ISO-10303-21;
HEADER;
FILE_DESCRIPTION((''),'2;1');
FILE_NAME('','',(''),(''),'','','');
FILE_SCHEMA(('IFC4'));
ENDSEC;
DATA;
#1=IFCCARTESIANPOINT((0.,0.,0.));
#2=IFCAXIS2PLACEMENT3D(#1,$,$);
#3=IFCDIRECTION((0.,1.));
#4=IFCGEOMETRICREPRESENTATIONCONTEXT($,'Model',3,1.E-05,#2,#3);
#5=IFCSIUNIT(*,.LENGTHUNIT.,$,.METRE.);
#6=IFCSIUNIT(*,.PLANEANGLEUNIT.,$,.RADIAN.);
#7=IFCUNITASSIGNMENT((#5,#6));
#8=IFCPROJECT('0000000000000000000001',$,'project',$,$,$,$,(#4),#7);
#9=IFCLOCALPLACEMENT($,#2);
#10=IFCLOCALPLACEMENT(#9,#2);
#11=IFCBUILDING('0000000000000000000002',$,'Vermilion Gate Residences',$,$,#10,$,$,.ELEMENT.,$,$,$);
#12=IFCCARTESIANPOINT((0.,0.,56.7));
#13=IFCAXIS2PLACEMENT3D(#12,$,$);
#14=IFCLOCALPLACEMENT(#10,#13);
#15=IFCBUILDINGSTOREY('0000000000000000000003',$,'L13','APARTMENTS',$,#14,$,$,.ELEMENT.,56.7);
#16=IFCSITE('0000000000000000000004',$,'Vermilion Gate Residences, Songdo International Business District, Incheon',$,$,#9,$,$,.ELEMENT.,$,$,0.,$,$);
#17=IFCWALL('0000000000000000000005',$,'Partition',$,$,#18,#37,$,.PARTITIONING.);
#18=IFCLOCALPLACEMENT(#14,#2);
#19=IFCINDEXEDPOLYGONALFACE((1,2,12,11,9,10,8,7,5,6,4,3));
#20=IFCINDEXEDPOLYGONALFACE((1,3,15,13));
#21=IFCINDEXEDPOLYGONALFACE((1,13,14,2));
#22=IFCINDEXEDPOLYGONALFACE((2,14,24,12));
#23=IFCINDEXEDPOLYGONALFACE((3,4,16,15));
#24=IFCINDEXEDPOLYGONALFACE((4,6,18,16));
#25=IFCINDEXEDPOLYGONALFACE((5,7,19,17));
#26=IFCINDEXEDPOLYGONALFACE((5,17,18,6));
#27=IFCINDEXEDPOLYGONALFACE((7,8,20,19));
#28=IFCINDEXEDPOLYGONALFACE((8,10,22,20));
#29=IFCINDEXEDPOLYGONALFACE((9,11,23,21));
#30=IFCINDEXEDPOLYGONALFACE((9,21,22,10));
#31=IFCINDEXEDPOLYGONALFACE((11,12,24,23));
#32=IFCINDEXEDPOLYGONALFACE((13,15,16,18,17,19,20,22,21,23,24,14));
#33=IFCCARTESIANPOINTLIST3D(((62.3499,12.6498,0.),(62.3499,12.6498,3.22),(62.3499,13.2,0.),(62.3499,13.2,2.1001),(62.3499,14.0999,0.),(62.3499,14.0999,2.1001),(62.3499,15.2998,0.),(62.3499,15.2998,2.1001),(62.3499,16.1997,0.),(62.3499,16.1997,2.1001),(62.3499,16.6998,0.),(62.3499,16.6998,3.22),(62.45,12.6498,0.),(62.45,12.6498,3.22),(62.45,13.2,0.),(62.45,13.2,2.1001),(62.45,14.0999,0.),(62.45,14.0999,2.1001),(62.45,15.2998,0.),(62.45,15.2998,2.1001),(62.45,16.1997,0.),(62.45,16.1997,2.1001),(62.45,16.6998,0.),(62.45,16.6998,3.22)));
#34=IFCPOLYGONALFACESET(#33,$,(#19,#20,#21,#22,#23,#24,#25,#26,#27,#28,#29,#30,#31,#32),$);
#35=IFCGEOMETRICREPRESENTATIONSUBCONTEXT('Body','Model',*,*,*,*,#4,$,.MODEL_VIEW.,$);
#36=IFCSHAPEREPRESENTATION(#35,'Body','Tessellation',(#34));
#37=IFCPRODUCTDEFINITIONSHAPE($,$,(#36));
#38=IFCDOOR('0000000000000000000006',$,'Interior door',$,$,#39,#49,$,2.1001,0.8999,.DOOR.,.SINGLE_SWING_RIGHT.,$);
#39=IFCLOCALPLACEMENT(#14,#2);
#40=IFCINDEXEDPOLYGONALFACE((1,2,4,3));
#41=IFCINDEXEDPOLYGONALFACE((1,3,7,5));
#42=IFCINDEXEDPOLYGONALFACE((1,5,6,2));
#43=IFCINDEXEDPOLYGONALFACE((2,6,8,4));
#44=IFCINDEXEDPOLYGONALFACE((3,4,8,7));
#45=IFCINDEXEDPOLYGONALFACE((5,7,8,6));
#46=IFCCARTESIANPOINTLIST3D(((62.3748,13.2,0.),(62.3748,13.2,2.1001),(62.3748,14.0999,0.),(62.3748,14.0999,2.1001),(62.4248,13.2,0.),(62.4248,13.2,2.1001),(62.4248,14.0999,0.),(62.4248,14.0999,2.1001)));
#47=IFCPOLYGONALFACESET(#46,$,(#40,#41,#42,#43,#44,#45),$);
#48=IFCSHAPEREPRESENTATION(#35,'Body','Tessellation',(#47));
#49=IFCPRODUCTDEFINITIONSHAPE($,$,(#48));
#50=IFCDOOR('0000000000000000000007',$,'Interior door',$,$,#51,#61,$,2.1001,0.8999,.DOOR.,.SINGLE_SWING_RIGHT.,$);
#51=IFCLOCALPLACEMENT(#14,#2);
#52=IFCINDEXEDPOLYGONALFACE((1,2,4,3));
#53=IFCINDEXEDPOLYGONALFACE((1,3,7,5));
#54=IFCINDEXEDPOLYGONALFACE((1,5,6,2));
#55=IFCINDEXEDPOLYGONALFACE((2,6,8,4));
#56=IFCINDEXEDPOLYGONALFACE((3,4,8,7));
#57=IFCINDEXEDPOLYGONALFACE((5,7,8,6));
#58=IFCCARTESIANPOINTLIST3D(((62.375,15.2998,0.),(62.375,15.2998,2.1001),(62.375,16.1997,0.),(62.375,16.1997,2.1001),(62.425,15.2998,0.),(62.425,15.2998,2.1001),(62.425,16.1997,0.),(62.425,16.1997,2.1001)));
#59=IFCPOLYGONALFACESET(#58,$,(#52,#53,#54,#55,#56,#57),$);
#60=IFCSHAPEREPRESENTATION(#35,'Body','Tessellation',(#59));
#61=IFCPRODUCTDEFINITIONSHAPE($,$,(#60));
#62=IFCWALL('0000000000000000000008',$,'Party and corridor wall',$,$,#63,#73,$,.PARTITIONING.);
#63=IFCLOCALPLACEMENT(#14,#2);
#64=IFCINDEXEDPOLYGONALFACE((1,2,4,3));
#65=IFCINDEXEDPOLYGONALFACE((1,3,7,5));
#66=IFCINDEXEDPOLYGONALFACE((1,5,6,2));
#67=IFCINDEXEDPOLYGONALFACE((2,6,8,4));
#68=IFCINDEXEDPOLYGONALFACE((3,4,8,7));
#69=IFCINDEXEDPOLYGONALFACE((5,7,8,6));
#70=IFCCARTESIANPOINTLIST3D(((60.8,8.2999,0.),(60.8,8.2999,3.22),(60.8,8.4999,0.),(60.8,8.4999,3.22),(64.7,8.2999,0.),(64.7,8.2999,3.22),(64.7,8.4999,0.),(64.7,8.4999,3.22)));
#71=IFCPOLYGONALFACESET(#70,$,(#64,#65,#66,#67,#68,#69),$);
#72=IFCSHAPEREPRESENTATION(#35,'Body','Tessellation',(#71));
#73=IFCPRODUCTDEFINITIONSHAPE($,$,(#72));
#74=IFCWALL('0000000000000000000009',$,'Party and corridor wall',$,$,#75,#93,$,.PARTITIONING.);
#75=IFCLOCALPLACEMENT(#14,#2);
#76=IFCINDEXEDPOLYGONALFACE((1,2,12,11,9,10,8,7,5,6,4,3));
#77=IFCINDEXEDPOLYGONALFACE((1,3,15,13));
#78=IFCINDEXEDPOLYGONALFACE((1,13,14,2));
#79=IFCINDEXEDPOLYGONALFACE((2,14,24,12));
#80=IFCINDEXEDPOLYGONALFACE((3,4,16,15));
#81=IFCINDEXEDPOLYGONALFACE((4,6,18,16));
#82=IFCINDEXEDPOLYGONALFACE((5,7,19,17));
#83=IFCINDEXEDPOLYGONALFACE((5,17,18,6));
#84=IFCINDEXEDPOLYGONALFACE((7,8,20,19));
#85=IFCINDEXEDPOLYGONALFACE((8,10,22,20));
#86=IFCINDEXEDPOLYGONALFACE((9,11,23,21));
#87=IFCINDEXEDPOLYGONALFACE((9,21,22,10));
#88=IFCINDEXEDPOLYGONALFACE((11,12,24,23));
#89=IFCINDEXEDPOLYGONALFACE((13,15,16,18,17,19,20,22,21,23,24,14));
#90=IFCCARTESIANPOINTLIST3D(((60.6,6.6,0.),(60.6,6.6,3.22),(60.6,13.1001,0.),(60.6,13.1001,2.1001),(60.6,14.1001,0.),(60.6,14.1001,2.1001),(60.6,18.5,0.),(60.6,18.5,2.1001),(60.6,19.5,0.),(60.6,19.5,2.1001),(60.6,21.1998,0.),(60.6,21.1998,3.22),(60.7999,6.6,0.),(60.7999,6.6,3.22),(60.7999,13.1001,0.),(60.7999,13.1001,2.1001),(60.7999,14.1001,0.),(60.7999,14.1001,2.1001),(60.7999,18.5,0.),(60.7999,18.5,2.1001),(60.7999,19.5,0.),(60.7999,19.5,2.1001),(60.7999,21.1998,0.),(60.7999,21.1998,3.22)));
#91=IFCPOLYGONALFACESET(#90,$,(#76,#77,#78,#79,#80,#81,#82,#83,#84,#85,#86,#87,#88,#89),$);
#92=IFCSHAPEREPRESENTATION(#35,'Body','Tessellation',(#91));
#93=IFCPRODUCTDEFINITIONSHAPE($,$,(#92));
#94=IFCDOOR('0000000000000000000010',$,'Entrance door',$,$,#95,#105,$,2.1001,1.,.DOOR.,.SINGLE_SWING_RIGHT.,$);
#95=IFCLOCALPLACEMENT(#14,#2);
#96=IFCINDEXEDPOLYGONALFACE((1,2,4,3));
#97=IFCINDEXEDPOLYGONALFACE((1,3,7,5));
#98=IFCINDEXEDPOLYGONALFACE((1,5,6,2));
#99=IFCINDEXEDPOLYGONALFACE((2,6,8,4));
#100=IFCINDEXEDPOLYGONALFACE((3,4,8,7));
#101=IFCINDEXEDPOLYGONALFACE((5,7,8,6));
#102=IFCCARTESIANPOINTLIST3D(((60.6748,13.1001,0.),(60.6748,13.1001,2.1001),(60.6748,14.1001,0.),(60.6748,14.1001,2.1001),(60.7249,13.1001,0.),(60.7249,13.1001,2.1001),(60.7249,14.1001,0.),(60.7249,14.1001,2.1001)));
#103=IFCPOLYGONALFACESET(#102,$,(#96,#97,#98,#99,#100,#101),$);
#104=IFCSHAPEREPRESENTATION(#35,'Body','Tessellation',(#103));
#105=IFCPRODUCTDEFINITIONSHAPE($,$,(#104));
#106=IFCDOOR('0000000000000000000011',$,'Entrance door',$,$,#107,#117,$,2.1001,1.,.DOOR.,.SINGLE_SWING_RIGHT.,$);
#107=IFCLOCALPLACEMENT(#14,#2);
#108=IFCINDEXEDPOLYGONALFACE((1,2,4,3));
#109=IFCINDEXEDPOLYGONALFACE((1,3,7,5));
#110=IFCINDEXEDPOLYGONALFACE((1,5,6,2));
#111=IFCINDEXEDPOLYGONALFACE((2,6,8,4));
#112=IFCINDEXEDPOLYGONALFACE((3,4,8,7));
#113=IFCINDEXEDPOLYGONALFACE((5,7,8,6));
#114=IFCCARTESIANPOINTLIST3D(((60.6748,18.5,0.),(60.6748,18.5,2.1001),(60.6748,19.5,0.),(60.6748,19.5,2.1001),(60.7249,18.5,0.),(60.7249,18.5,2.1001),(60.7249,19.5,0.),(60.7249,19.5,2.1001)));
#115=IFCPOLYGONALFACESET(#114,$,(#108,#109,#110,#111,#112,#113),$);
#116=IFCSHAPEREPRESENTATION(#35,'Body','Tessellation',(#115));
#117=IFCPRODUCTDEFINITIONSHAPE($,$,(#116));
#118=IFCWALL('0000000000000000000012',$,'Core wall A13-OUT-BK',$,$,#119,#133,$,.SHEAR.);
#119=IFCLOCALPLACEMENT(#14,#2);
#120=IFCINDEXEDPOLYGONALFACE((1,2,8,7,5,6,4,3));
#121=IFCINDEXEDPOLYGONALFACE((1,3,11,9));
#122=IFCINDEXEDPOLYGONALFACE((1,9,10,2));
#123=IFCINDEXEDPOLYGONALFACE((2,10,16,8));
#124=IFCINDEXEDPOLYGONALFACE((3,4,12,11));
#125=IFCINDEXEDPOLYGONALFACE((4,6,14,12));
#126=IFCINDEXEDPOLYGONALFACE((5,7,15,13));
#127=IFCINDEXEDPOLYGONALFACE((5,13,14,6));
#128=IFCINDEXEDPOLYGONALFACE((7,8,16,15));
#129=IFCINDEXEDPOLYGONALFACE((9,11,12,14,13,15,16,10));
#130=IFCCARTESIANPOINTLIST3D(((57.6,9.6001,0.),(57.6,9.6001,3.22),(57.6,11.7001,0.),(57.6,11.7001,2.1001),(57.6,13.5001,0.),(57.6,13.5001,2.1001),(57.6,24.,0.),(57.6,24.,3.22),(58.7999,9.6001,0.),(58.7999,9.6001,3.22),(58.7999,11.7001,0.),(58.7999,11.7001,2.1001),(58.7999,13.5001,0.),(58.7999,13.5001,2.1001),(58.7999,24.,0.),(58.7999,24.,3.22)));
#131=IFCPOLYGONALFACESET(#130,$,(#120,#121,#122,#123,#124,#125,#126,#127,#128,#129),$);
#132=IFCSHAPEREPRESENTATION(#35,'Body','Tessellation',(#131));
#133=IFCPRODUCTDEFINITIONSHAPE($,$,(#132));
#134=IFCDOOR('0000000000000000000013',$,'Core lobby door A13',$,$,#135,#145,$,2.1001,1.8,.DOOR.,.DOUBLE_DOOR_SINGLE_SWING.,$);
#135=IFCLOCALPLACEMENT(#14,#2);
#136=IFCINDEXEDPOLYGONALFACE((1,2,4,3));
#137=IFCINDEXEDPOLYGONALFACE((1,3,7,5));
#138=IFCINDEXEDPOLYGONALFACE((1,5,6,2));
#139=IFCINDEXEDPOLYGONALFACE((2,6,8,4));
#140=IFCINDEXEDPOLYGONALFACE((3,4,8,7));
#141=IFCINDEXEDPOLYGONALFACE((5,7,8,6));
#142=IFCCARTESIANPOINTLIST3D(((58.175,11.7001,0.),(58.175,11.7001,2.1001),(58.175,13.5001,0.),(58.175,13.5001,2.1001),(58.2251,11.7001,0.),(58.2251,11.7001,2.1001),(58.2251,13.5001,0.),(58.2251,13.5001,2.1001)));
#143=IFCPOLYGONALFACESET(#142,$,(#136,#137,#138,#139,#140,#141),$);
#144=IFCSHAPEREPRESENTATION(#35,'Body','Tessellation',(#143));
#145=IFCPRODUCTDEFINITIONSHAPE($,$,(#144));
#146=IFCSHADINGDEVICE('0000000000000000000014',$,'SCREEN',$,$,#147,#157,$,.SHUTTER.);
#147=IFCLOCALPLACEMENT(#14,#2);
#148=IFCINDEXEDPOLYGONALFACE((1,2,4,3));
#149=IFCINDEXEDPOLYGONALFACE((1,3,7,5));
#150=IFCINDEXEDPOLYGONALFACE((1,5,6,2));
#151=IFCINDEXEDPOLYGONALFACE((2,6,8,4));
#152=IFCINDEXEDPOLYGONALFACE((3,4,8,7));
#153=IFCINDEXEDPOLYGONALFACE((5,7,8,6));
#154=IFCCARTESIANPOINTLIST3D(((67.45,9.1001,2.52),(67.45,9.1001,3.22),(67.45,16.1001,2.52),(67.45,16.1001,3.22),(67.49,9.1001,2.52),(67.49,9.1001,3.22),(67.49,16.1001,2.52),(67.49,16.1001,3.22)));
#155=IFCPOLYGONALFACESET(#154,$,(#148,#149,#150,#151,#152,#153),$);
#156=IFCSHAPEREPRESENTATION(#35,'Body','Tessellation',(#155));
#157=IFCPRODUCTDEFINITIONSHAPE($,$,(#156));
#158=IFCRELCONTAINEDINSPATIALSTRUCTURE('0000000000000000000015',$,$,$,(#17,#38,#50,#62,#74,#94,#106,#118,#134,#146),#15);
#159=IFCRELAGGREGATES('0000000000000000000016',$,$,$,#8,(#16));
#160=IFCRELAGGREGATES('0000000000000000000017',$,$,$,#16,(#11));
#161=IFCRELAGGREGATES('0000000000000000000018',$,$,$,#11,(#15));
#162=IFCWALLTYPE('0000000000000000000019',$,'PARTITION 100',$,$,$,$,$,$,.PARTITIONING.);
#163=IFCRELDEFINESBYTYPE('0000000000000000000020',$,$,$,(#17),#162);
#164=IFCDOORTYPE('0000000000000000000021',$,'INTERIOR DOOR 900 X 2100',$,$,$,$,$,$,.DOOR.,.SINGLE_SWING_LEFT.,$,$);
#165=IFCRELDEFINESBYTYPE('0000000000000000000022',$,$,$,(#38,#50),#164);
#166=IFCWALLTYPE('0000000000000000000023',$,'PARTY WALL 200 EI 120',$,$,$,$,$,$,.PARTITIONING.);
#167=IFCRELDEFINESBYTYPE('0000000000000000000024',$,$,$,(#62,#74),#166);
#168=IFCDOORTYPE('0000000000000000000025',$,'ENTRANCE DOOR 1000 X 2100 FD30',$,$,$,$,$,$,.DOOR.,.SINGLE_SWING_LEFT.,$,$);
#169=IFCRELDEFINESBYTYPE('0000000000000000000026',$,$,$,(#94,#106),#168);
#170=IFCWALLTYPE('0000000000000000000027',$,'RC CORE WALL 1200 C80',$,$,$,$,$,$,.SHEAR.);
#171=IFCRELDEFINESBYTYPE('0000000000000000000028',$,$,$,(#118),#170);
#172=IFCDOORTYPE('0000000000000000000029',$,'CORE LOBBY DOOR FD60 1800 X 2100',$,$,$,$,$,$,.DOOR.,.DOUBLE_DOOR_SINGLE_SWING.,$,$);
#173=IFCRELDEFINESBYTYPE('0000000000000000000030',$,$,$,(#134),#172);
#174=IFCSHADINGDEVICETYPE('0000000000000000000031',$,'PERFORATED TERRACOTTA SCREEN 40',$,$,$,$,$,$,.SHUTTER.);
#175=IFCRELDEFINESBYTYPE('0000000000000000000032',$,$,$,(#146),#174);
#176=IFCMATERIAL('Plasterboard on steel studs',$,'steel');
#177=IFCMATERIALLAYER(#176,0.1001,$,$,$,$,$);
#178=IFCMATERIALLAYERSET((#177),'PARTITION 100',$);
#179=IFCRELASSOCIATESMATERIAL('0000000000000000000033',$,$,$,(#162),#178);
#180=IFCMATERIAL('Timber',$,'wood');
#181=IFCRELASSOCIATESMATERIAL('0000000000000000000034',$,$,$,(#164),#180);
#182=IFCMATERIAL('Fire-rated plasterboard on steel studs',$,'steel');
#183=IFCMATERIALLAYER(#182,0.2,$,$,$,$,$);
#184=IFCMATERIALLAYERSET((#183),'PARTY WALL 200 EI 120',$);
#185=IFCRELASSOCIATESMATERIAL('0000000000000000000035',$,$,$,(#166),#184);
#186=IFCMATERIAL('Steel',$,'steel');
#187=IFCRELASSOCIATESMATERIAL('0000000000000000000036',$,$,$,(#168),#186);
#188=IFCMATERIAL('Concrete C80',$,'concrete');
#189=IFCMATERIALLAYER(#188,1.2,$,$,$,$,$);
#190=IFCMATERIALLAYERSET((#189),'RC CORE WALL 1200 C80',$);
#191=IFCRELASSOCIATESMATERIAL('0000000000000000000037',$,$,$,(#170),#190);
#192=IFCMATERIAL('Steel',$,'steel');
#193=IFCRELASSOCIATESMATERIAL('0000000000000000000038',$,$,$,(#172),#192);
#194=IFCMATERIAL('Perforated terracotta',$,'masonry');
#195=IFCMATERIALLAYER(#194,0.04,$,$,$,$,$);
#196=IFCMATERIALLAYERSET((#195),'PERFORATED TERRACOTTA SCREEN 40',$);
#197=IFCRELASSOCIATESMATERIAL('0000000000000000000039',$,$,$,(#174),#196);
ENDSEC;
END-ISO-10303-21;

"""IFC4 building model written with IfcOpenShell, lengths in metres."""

from ifc_helpers import new_model, si_unit, direction, frame, frame_2d, origin, origin_2d, place, context, subcontext, project, spatial, rectangle, extrude, material, layer, layer_set, type_object, element, fill, save


model = new_model("IFC4")

# Units and contexts
model_context = context("Model", 3, precision=1e-05, world=origin(), true_north=direction((0.0, 1.0)))
body_context = subcontext(model_context, "Body", "Model", "MODEL_VIEW")
ifc_project = project(units=[si_unit("LENGTHUNIT", "METRE"), si_unit("PLANEANGLEUNIT", "RADIAN")], contexts=[model_context])

# Site, building, storey
site_placement = place(None, origin())
site = spatial("IfcSite", under=ifc_project, at=site_placement, Name="Vermilion Gate Residences, Songdo International Business District, Incheon", CompositionType="ELEMENT", RefElevation=0.0)
building_placement = place(site_placement, origin())
building = spatial("IfcBuilding", under=site, at=building_placement, Name="Vermilion Gate Residences", CompositionType="ELEMENT")
storey_placement = place(building_placement, frame((0.0, 0.0, 56.7)))
storey = spatial("IfcBuildingStorey", under=building, at=storey_placement, Name="L13", Description="APARTMENTS", CompositionType="ELEMENT", Elevation=56.7)

# Shared definitions
ifc_material_1 = material(Name="Plasterboard on steel studs", Category="steel")
ifc_layer_1 = layer(ifc_material_1, 0.1001)
ifc_layer_set_1 = layer_set([ifc_layer_1], Name="PARTITION 100")
wall_type_1 = type_object("IfcWallType", Name="PARTITION 100", PredefinedType="PARTITIONING", material=ifc_layer_set_1)
ifc_material_2 = material(Name="Timber", Category="wood")
door_type_1 = type_object("IfcDoorType", Name="INTERIOR DOOR 900 X 2100", OperationType="SINGLE_SWING_LEFT", PredefinedType="DOOR", material=ifc_material_2)

# Wall, openings, doors
wall_1_placement = place(storey_placement, frame((62.3999, 12.6499, 0.0), z_axis=(0.0, 0.0, 1.0), x_axis=(0.0, 1.0, 0.0)))
wall_1 = element("IfcWall", 1, at=wall_1_placement, inside=storey, type_object=wall_type_1, Name="Partition", PredefinedType="PARTITIONING", context=body_context, shape_type="SweptSolid", body=[
    extrude(rectangle(XDim=4.05, YDim=0.1001, at=frame_2d((2.0249, 0.0))), origin(), (0.0, 0.0, 1.0), 3.22),
])
opening_1_placement = place(wall_1_placement, frame((0.55, 0.0, 0.0)))
opening_1 = element("IfcOpeningElement", 2, at=opening_1_placement, cuts=wall_1, PredefinedType="OPENING", context=body_context, shape_type="SweptSolid", body=[
    extrude(rectangle(XDim=0.8999, YDim=2.1001, at=frame_2d((0.45, 1.05))), frame((0.0, 0.0601, 0.0), z_axis=(0.0, -1.0, 0.0), x_axis=(1.0, 0.0, 0.0)), (0.0, 0.0, 1.0), 0.1201),
])
opening_2_placement = place(wall_1_placement, frame((2.6499, 0.0, 0.0)))
opening_2 = element("IfcOpeningElement", 3, at=opening_2_placement, cuts=wall_1, PredefinedType="OPENING", context=body_context, shape_type="SweptSolid", body=[
    extrude(rectangle(XDim=0.8999, YDim=2.1001, at=frame_2d((0.45, 1.05))), frame((0.0, 0.0601, 0.0), z_axis=(0.0, -1.0, 0.0), x_axis=(1.0, 0.0, 0.0)), (0.0, 0.0, 1.0), 0.1201),
])
door_1_placement = place(opening_1_placement, frame((0.8999, 0.0, 0.0), z_axis=(0.0, 0.0, 1.0), x_axis=(-1.0, 0.0, 0.0)))
door_1 = element("IfcDoor", 4, at=door_1_placement, inside=storey, type_object=door_type_1, Name="Interior door", OperationType="SINGLE_SWING_RIGHT", OverallHeight=2.1001, OverallWidth=0.8999, PredefinedType="DOOR", context=body_context, shape_type="SweptSolid", body=[
    extrude(rectangle(XDim=0.8999, YDim=2.1001, at=frame_2d((0.45, 1.05))), frame((0.0, 0.0249, 0.0), z_axis=(0.0, -1.0, 0.0), x_axis=(1.0, 0.0, 0.0)), (0.0, 0.0, 1.0), 0.05),
])
fill(opening_1, door_1)
door_2_placement = place(opening_2_placement, origin())
door_2 = element("IfcDoor", 5, at=door_2_placement, inside=storey, type_object=door_type_1, Name="Interior door", OperationType="SINGLE_SWING_RIGHT", OverallHeight=2.1001, OverallWidth=0.8999, PredefinedType="DOOR", context=body_context, shape_type="SweptSolid", body=[
    extrude(rectangle(XDim=0.8999, YDim=2.1001, at=frame_2d((0.45, 1.05))), frame((0.0, 0.0249, 0.0), z_axis=(0.0, -1.0, 0.0), x_axis=(1.0, 0.0, 0.0)), (0.0, 0.0, 1.0), 0.05),
])
fill(opening_2, door_2)

# Wall
ifc_material_3 = material(Name="Fire-rated plasterboard on steel studs", Category="steel")
ifc_layer_2 = layer(ifc_material_3, 0.2)
ifc_layer_set_2 = layer_set([ifc_layer_2], Name="PARTY WALL 200 EI 120")
wall_type_2 = type_object("IfcWallType", Name="PARTY WALL 200 EI 120", PredefinedType="PARTITIONING", material=ifc_layer_set_2)
wall_2_placement = place(storey_placement, frame((60.8, 8.3999, 0.0), z_axis=(0.0, 0.0, 1.0), x_axis=(1.0, 0.0, 0.0)))
element("IfcWall", 6, at=wall_2_placement, inside=storey, type_object=wall_type_2, Name="Party and corridor wall", PredefinedType="PARTITIONING", context=body_context, shape_type="SweptSolid", body=[
    extrude(rectangle(XDim=3.8999, YDim=0.2, at=frame_2d((1.95, 0.0))), origin(), (0.0, 0.0, 1.0), 3.22),
])

# Wall, openings, doors
wall_3_placement = place(storey_placement, frame((60.7, 6.6001, 0.0), z_axis=(0.0, 0.0, 1.0), x_axis=(0.0, 1.0, 0.0)))
wall_3 = element("IfcWall", 7, at=wall_3_placement, inside=storey, type_object=wall_type_2, Name="Party and corridor wall", PredefinedType="PARTITIONING", context=body_context, shape_type="SweptSolid", body=[
    extrude(rectangle(XDim=14.5999, YDim=0.2, at=frame_2d((7.2998, 0.0))), origin(), (0.0, 0.0, 1.0), 3.22),
])
opening_3_placement = place(wall_3_placement, frame((6.5, 0.0, 0.0)))
opening_3 = element("IfcOpeningElement", 8, at=opening_3_placement, cuts=wall_3, PredefinedType="OPENING", context=body_context, shape_type="SweptSolid", body=[
    extrude(rectangle(XDim=1.0, YDim=2.1001, at=frame_2d((0.5, 1.05))), frame((0.0, 0.1099, 0.0), z_axis=(0.0, -1.0, 0.0), x_axis=(1.0, 0.0, 0.0)), (0.0, 0.0, 1.0), 0.22),
])
opening_4_placement = place(wall_3_placement, frame((11.8999, 0.0, 0.0)))
opening_4 = element("IfcOpeningElement", 9, at=opening_4_placement, cuts=wall_3, PredefinedType="OPENING", context=body_context, shape_type="SweptSolid", body=[
    extrude(rectangle(XDim=1.0, YDim=2.1001, at=frame_2d((0.5, 1.05))), frame((0.0, 0.1099, 0.0), z_axis=(0.0, -1.0, 0.0), x_axis=(1.0, 0.0, 0.0)), (0.0, 0.0, 1.0), 0.22),
])
ifc_material_4 = material(Name="Steel", Category="steel")
door_type_2 = type_object("IfcDoorType", Name="ENTRANCE DOOR 1000 X 2100 FD30", OperationType="SINGLE_SWING_LEFT", PredefinedType="DOOR", material=ifc_material_4)
door_3_placement = place(opening_3_placement, frame((1.0, 0.0, 0.0), z_axis=(0.0, 0.0, 1.0), x_axis=(-1.0, 0.0, 0.0)))
door_3 = element("IfcDoor", 10, at=door_3_placement, inside=storey, type_object=door_type_2, Name="Entrance door", OperationType="SINGLE_SWING_RIGHT", OverallHeight=2.1001, OverallWidth=1.0, PredefinedType="DOOR", context=body_context, shape_type="SweptSolid", body=[
    extrude(rectangle(XDim=1.0, YDim=2.1001, at=frame_2d((0.5, 1.05))), frame((0.0, 0.0249, 0.0), z_axis=(0.0, -1.0, 0.0), x_axis=(1.0, 0.0, 0.0)), (0.0, 0.0, 1.0), 0.05),
])
fill(opening_3, door_3)
door_4_placement = place(opening_4_placement, frame((1.0, 0.0, 0.0), z_axis=(0.0, 0.0, 1.0), x_axis=(-1.0, 0.0, 0.0)))
door_4 = element("IfcDoor", 11, at=door_4_placement, inside=storey, type_object=door_type_2, Name="Entrance door", OperationType="SINGLE_SWING_RIGHT", OverallHeight=2.1001, OverallWidth=1.0, PredefinedType="DOOR", context=body_context, shape_type="SweptSolid", body=[
    extrude(rectangle(XDim=1.0, YDim=2.1001, at=frame_2d((0.5, 1.05))), frame((0.0, 0.0249, 0.0), z_axis=(0.0, -1.0, 0.0), x_axis=(1.0, 0.0, 0.0)), (0.0, 0.0, 1.0), 0.05),
])
fill(opening_4, door_4)

# Wall, opening, door
ifc_material_5 = material(Name="Concrete C80", Category="concrete")
ifc_layer_3 = layer(ifc_material_5, 1.2)
ifc_layer_set_3 = layer_set([ifc_layer_3], Name="RC CORE WALL 1200 C80")
wall_type_3 = type_object("IfcWallType", Name="RC CORE WALL 1200 C80", PredefinedType="SHEAR", material=ifc_layer_set_3)
wall_4_placement = place(storey_placement, frame((58.2, 9.6001, 0.0), z_axis=(0.0, 0.0, 1.0), x_axis=(0.0, 1.0, 0.0)))
wall_4 = element("IfcWall", 12, at=wall_4_placement, inside=storey, type_object=wall_type_3, Name="Core wall A13-OUT-BK", PredefinedType="SHEAR", context=body_context, shape_type="SweptSolid", body=[
    extrude(rectangle(XDim=14.3999, YDim=1.2, at=frame_2d((7.2, 0.0))), origin(), (0.0, 0.0, 1.0), 3.22),
])
opening_5_placement = place(wall_4_placement, frame((2.1001, 0.0, 0.0)))
opening_5 = element("IfcOpeningElement", 13, at=opening_5_placement, cuts=wall_4, PredefinedType="OPENING", context=body_context, shape_type="SweptSolid", body=[
    extrude(rectangle(XDim=1.8, YDim=2.1001, at=frame_2d((0.8999, 1.05))), frame((0.0, 0.6099, 0.0), z_axis=(0.0, -1.0, 0.0), x_axis=(1.0, 0.0, 0.0)), (0.0, 0.0, 1.0), 1.22),
])
ifc_material_6 = material(Name="Steel", Category="steel")
door_type_3 = type_object("IfcDoorType", Name="CORE LOBBY DOOR FD60 1800 X 2100", OperationType="DOUBLE_DOOR_SINGLE_SWING", PredefinedType="DOOR", material=ifc_material_6)
door_5_placement = place(opening_5_placement, origin())
door_5 = element("IfcDoor", 14, at=door_5_placement, inside=storey, type_object=door_type_3, Name="Core lobby door A13", OperationType="DOUBLE_DOOR_SINGLE_SWING", OverallHeight=2.1001, OverallWidth=1.8, PredefinedType="DOOR", context=body_context, shape_type="SweptSolid", body=[
    extrude(rectangle(XDim=1.8, YDim=2.1001, at=frame_2d((0.8999, 1.05))), frame((0.0, 0.0249, 0.0), z_axis=(0.0, -1.0, 0.0), x_axis=(1.0, 0.0, 0.0)), (0.0, 0.0, 1.0), 0.05),
])
fill(opening_5, door_5)

# Shading device
ifc_material_7 = material(Name="Perforated terracotta", Category="masonry")
ifc_layer_4 = layer(ifc_material_7, 0.04)
ifc_layer_set_4 = layer_set([ifc_layer_4], Name="PERFORATED TERRACOTTA SCREEN 40")
shading_device_type_1 = type_object("IfcShadingDeviceType", Name="PERFORATED TERRACOTTA SCREEN 40", PredefinedType="SHUTTER", material=ifc_layer_set_4)
shading_device_1_placement = place(storey_placement, frame((67.47, 12.6001, 2.52), z_axis=(0.0, 0.0, 1.0), x_axis=(0.0, 1.0, 0.0)))
element("IfcShadingDevice", 15, at=shading_device_1_placement, inside=storey, type_object=shading_device_type_1, Name="SCREEN", PredefinedType="SHUTTER", context=body_context, shape_type="SweptSolid", body=[
    extrude(rectangle(XDim=7.0, YDim=0.04, at=origin_2d()), origin(), (0.0, 0.0, 1.0), 0.7),
])

save(model, "model.ifc")
